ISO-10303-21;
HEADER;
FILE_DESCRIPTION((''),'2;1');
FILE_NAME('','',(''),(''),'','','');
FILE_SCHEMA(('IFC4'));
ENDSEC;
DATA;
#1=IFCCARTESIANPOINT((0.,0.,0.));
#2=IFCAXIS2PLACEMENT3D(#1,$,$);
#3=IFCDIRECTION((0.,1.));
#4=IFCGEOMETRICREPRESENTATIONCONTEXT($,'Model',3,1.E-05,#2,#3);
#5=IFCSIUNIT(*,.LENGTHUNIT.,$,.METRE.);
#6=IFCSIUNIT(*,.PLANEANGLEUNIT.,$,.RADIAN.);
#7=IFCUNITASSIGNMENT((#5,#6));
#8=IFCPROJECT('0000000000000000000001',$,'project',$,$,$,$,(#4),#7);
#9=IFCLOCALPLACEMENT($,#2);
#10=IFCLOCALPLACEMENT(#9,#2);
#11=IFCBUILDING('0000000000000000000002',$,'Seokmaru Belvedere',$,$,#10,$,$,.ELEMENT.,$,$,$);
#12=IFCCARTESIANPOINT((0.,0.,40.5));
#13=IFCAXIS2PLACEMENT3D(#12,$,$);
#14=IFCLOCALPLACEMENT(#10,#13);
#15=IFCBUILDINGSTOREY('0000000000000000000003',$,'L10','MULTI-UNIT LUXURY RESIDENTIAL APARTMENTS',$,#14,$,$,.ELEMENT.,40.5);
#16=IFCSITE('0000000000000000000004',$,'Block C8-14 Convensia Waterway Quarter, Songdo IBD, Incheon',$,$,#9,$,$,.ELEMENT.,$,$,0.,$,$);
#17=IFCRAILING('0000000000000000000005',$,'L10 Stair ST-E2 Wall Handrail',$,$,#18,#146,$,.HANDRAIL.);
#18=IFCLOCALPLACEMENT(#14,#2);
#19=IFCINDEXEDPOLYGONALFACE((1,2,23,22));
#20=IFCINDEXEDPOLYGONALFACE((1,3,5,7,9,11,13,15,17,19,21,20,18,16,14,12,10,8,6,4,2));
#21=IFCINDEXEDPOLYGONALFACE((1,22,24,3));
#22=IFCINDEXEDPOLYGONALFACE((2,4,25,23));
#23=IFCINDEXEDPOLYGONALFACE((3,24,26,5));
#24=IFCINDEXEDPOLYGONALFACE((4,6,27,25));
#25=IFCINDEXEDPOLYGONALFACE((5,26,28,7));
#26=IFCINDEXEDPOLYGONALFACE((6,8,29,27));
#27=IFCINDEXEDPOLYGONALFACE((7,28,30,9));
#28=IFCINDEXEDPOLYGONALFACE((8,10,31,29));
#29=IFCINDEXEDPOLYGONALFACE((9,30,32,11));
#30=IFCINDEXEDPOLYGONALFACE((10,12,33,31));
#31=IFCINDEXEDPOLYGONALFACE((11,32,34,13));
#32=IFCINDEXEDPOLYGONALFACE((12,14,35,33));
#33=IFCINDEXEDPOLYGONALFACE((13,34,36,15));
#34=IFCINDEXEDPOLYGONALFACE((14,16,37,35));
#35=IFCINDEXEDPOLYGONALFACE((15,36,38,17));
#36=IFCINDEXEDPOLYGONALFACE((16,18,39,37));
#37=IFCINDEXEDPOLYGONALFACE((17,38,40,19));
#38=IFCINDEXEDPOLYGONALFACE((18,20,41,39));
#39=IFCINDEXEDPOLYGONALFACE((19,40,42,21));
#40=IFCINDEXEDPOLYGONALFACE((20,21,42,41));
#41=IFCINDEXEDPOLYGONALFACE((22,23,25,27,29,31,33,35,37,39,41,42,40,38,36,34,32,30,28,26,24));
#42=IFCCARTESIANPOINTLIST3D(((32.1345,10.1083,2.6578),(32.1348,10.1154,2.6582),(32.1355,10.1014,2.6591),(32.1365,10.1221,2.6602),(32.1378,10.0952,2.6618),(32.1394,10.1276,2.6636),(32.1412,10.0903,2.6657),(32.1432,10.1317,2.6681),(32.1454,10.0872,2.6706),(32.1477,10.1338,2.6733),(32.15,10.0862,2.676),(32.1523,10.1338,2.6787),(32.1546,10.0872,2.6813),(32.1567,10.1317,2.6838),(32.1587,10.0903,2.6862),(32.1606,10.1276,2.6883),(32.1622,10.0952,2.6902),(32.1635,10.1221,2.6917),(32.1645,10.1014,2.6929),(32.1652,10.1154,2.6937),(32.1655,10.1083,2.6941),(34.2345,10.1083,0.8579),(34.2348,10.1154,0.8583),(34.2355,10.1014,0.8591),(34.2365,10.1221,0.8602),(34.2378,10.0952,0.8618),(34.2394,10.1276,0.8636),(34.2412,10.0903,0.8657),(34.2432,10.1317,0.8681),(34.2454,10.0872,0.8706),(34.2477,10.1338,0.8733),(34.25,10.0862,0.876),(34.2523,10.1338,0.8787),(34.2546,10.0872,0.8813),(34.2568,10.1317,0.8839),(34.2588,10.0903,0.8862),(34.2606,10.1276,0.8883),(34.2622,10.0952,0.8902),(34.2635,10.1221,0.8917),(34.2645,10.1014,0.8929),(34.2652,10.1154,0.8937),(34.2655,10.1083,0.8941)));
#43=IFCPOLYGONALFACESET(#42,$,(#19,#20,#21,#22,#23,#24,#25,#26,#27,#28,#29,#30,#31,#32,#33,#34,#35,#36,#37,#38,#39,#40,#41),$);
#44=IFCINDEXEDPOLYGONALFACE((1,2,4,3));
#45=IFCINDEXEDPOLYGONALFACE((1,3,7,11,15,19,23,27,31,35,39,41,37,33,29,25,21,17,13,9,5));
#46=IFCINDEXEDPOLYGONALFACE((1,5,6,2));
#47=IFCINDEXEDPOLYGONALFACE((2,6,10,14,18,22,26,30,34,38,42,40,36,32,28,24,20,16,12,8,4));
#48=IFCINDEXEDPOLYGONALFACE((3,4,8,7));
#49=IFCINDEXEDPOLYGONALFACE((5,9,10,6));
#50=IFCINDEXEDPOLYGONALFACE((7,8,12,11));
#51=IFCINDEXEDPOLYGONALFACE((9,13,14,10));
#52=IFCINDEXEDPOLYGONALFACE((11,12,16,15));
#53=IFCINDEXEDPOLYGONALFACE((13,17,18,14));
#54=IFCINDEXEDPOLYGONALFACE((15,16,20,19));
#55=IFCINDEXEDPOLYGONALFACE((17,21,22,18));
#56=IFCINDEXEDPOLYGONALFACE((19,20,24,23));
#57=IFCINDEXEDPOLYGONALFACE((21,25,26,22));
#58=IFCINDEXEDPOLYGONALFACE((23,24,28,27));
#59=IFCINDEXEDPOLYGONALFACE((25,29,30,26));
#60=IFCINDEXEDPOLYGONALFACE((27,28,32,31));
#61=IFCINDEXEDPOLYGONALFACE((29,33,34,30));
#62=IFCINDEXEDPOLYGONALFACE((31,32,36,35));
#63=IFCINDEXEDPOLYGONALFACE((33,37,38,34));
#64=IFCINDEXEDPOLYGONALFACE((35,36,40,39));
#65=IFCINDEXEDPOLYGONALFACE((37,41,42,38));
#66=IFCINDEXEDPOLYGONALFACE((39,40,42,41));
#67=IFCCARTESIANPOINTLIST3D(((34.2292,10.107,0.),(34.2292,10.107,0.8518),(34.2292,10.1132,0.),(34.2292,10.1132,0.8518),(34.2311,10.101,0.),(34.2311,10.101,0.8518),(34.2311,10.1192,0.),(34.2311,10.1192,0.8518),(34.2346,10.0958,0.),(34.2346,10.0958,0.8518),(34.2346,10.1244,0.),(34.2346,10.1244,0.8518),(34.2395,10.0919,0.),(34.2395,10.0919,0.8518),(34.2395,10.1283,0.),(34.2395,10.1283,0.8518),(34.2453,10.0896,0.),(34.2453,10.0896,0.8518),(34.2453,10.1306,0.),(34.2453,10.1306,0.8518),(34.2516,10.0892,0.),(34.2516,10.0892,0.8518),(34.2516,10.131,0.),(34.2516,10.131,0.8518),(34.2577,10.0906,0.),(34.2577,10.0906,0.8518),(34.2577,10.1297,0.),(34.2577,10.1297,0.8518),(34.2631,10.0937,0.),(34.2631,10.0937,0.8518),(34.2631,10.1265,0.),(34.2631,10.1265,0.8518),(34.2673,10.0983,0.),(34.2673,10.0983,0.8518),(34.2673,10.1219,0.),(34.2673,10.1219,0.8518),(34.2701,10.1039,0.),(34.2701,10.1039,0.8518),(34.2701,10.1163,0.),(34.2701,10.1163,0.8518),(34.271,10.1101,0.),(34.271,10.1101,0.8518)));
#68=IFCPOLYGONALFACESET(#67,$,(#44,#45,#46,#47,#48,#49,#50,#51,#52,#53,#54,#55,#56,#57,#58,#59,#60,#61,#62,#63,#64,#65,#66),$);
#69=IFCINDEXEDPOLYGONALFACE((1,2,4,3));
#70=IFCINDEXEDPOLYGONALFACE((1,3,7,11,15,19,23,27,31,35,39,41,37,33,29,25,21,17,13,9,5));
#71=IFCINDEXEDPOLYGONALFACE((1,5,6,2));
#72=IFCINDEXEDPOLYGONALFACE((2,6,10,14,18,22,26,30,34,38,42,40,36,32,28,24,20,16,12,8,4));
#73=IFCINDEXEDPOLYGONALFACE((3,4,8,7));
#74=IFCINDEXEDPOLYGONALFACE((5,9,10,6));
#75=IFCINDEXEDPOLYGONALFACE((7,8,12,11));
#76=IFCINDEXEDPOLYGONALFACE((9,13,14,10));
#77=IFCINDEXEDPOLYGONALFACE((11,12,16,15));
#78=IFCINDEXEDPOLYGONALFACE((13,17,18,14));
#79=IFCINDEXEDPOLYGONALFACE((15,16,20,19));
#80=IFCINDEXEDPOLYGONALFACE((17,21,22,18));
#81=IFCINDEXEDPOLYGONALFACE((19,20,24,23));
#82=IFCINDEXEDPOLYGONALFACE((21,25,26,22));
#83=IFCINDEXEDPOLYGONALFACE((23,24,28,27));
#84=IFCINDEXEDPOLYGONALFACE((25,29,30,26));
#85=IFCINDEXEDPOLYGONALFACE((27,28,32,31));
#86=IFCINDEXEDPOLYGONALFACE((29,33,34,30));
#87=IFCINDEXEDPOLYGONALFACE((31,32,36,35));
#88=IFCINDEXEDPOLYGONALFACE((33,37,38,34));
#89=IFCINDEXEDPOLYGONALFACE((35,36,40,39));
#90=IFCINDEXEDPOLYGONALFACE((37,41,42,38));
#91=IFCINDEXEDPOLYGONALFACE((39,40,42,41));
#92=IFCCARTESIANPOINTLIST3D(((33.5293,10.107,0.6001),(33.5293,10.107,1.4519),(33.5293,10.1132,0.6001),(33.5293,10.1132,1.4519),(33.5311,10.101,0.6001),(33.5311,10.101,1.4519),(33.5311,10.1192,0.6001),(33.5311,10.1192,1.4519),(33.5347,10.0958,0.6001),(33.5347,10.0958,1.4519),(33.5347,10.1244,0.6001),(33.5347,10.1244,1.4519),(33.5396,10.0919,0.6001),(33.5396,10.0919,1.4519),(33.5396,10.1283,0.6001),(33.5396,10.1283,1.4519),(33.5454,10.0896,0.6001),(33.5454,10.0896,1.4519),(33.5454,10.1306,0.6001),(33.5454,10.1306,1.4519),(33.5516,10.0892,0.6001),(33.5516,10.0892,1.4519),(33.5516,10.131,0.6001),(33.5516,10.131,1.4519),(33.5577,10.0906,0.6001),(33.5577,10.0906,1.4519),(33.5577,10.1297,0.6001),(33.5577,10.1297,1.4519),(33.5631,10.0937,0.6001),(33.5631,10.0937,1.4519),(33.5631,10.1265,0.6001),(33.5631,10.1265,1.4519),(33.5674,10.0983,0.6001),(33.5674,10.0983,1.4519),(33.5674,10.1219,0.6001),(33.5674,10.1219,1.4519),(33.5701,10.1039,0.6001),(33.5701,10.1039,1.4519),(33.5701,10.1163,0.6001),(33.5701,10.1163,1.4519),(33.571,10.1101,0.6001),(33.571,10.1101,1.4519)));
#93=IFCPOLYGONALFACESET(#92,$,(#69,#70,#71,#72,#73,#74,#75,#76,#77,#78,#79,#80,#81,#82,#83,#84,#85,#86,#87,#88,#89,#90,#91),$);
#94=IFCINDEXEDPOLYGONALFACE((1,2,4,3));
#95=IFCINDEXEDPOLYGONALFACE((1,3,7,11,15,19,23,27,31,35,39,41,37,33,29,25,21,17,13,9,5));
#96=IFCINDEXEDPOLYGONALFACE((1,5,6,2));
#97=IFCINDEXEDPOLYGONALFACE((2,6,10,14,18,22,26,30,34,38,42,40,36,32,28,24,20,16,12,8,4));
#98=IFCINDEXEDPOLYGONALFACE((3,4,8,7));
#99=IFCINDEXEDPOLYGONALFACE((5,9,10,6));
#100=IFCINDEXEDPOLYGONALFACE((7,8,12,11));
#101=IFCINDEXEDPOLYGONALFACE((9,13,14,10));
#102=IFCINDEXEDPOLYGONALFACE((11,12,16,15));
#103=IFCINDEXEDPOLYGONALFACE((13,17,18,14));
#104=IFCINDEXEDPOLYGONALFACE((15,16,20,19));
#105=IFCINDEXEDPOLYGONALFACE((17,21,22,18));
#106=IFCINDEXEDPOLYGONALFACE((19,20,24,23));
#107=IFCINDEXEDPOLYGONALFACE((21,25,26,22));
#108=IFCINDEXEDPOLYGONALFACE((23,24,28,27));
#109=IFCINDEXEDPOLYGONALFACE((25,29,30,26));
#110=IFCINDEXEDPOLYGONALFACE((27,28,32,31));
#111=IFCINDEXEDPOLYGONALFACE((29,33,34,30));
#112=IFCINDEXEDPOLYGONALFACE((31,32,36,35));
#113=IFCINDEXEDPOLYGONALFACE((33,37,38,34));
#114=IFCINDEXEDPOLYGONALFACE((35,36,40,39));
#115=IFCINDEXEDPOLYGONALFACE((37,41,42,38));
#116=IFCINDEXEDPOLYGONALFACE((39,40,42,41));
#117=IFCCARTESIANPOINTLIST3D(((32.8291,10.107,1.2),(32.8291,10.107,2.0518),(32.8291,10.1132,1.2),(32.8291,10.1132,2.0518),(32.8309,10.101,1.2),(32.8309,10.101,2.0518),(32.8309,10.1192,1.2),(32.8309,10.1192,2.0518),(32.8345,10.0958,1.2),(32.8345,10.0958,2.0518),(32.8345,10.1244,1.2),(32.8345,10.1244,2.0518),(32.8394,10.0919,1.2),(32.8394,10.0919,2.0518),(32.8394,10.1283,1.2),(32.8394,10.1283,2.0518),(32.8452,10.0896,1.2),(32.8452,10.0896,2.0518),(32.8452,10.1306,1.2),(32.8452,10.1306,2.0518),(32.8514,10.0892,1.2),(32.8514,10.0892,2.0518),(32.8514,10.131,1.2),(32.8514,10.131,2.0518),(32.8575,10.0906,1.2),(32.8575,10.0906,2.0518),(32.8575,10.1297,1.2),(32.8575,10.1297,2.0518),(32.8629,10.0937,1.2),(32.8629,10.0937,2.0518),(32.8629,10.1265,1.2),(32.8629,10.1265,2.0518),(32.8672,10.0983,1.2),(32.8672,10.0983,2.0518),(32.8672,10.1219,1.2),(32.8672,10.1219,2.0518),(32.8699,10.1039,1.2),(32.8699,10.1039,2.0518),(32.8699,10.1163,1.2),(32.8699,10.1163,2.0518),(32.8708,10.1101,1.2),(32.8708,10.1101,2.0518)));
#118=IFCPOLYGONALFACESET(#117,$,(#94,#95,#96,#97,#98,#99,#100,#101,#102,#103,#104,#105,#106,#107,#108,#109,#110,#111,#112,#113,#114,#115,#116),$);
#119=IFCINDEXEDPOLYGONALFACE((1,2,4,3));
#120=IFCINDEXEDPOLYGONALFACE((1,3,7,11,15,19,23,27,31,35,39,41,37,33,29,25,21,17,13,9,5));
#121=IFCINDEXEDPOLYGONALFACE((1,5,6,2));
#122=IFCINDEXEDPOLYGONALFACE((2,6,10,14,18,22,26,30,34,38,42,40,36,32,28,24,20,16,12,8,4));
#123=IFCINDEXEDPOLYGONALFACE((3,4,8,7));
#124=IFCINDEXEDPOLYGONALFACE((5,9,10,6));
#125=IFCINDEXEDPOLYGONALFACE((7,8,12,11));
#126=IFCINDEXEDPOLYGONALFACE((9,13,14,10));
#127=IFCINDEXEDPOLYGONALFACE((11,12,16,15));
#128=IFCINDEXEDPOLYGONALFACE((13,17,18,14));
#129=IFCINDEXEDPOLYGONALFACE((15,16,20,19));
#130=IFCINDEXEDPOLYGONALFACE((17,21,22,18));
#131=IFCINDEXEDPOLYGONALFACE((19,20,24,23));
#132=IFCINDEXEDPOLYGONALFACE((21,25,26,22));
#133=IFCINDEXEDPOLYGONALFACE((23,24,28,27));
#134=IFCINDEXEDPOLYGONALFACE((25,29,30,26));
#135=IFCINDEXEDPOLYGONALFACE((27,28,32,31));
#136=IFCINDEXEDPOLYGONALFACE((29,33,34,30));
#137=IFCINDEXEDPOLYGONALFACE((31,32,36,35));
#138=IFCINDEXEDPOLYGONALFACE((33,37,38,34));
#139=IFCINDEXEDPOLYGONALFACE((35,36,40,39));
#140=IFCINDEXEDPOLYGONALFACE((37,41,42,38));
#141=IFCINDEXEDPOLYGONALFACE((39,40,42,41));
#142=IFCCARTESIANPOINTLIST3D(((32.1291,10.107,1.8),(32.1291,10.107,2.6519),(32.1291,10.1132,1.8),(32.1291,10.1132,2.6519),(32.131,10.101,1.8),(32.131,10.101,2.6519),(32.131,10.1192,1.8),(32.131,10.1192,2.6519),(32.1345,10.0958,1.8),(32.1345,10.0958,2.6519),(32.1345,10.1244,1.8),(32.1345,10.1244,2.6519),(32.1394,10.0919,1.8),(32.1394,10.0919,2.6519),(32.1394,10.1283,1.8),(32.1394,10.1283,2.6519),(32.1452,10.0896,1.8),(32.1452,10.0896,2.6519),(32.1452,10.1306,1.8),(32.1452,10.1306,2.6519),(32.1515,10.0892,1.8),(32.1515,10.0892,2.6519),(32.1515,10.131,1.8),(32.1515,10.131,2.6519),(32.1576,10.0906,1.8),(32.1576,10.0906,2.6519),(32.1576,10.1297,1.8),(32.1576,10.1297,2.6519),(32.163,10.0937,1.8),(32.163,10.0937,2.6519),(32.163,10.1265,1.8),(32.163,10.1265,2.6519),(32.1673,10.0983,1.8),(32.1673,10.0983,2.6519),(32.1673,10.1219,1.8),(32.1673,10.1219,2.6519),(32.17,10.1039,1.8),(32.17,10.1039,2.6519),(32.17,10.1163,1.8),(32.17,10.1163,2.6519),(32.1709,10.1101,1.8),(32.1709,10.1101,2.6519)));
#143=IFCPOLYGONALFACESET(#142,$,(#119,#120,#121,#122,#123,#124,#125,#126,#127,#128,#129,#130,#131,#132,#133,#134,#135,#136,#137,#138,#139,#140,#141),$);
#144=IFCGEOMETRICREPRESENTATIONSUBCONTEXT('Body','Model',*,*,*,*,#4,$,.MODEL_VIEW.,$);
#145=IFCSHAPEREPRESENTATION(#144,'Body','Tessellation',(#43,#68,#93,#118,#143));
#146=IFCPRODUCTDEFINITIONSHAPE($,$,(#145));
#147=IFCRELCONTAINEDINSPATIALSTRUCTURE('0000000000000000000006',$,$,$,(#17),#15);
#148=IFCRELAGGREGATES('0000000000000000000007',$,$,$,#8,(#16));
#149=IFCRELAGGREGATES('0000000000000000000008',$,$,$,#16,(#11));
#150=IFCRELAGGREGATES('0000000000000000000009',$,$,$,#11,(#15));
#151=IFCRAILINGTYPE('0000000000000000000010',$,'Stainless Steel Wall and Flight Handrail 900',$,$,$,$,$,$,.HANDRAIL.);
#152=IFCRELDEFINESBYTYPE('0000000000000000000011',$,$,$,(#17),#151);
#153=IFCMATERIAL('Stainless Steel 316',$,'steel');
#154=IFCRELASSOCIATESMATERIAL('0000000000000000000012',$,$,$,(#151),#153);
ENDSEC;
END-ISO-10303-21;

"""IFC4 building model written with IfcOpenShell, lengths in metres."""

from ifc_helpers import new_model, si_unit, direction, frame, origin, origin_2d, place, context, subcontext, project, spatial, circle, extrude, material, type_object, element, save


model = new_model("IFC4")

# Units and contexts
model_context = context("Model", 3, precision=1e-05, world=origin(), true_north=direction((0.0, 1.0)))
body_context = subcontext(model_context, "Body", "Model", "MODEL_VIEW")
ifc_project = project(units=[si_unit("LENGTHUNIT", "METRE"), si_unit("PLANEANGLEUNIT", "RADIAN")], contexts=[model_context])

# Site, building, storey
site_placement = place(None, origin())
site = spatial("IfcSite", under=ifc_project, at=site_placement, Name="Block C8-14 Convensia Waterway Quarter, Songdo IBD, Incheon", CompositionType="ELEMENT", RefElevation=0.0)
building_placement = place(site_placement, origin())
building = spatial("IfcBuilding", under=site, at=building_placement, Name="Seokmaru Belvedere", CompositionType="ELEMENT")
storey_placement = place(building_placement, frame((0.0, 0.0, 40.5)))
storey = spatial("IfcBuildingStorey", under=building, at=storey_placement, Name="L10", Description="MULTI-UNIT LUXURY RESIDENTIAL APARTMENTS", CompositionType="ELEMENT", Elevation=40.5)

# Railing
ifc_material_1 = material(Name="Stainless Steel 316", Category="steel")
railing_type_1 = type_object("IfcRailingType", Name="Stainless Steel Wall and Flight Handrail 900", PredefinedType="HANDRAIL", material=ifc_material_1)
railing_1_placement = place(storey_placement, frame((34.25, 10.1101, 0.0)))
element("IfcRailing", 1, at=railing_1_placement, inside=storey, type_object=railing_type_1, Name="L10 Stair ST-E2 Wall Handrail", PredefinedType="HANDRAIL", context=body_context, shape_type="SweptSolid", body=[
    extrude(circle(Radius=0.0239, at=origin_2d()), frame((0.0, 0.0, 0.876), z_axis=(-0.759263, 0.0, 0.650784), x_axis=(0.0, -1.0, 0.0)), (0.0, 0.0, 1.0), 2.7659),
    extrude(circle(Radius=0.021, at=origin_2d()), origin(), (0.0, 0.0, 1.0), 0.8518),
    extrude(circle(Radius=0.021, at=origin_2d()), frame((-0.7, 0.0, 0.6001)), (0.0, 0.0, 1.0), 0.8518),
    extrude(circle(Radius=0.021, at=origin_2d()), frame((-1.4001, 0.0, 1.2)), (0.0, 0.0, 1.0), 0.8518),
    extrude(circle(Radius=0.021, at=origin_2d()), frame((-2.1001, 0.0, 1.8)), (0.0, 0.0, 1.0), 0.8518),
])

save(model, "model.ifc")
